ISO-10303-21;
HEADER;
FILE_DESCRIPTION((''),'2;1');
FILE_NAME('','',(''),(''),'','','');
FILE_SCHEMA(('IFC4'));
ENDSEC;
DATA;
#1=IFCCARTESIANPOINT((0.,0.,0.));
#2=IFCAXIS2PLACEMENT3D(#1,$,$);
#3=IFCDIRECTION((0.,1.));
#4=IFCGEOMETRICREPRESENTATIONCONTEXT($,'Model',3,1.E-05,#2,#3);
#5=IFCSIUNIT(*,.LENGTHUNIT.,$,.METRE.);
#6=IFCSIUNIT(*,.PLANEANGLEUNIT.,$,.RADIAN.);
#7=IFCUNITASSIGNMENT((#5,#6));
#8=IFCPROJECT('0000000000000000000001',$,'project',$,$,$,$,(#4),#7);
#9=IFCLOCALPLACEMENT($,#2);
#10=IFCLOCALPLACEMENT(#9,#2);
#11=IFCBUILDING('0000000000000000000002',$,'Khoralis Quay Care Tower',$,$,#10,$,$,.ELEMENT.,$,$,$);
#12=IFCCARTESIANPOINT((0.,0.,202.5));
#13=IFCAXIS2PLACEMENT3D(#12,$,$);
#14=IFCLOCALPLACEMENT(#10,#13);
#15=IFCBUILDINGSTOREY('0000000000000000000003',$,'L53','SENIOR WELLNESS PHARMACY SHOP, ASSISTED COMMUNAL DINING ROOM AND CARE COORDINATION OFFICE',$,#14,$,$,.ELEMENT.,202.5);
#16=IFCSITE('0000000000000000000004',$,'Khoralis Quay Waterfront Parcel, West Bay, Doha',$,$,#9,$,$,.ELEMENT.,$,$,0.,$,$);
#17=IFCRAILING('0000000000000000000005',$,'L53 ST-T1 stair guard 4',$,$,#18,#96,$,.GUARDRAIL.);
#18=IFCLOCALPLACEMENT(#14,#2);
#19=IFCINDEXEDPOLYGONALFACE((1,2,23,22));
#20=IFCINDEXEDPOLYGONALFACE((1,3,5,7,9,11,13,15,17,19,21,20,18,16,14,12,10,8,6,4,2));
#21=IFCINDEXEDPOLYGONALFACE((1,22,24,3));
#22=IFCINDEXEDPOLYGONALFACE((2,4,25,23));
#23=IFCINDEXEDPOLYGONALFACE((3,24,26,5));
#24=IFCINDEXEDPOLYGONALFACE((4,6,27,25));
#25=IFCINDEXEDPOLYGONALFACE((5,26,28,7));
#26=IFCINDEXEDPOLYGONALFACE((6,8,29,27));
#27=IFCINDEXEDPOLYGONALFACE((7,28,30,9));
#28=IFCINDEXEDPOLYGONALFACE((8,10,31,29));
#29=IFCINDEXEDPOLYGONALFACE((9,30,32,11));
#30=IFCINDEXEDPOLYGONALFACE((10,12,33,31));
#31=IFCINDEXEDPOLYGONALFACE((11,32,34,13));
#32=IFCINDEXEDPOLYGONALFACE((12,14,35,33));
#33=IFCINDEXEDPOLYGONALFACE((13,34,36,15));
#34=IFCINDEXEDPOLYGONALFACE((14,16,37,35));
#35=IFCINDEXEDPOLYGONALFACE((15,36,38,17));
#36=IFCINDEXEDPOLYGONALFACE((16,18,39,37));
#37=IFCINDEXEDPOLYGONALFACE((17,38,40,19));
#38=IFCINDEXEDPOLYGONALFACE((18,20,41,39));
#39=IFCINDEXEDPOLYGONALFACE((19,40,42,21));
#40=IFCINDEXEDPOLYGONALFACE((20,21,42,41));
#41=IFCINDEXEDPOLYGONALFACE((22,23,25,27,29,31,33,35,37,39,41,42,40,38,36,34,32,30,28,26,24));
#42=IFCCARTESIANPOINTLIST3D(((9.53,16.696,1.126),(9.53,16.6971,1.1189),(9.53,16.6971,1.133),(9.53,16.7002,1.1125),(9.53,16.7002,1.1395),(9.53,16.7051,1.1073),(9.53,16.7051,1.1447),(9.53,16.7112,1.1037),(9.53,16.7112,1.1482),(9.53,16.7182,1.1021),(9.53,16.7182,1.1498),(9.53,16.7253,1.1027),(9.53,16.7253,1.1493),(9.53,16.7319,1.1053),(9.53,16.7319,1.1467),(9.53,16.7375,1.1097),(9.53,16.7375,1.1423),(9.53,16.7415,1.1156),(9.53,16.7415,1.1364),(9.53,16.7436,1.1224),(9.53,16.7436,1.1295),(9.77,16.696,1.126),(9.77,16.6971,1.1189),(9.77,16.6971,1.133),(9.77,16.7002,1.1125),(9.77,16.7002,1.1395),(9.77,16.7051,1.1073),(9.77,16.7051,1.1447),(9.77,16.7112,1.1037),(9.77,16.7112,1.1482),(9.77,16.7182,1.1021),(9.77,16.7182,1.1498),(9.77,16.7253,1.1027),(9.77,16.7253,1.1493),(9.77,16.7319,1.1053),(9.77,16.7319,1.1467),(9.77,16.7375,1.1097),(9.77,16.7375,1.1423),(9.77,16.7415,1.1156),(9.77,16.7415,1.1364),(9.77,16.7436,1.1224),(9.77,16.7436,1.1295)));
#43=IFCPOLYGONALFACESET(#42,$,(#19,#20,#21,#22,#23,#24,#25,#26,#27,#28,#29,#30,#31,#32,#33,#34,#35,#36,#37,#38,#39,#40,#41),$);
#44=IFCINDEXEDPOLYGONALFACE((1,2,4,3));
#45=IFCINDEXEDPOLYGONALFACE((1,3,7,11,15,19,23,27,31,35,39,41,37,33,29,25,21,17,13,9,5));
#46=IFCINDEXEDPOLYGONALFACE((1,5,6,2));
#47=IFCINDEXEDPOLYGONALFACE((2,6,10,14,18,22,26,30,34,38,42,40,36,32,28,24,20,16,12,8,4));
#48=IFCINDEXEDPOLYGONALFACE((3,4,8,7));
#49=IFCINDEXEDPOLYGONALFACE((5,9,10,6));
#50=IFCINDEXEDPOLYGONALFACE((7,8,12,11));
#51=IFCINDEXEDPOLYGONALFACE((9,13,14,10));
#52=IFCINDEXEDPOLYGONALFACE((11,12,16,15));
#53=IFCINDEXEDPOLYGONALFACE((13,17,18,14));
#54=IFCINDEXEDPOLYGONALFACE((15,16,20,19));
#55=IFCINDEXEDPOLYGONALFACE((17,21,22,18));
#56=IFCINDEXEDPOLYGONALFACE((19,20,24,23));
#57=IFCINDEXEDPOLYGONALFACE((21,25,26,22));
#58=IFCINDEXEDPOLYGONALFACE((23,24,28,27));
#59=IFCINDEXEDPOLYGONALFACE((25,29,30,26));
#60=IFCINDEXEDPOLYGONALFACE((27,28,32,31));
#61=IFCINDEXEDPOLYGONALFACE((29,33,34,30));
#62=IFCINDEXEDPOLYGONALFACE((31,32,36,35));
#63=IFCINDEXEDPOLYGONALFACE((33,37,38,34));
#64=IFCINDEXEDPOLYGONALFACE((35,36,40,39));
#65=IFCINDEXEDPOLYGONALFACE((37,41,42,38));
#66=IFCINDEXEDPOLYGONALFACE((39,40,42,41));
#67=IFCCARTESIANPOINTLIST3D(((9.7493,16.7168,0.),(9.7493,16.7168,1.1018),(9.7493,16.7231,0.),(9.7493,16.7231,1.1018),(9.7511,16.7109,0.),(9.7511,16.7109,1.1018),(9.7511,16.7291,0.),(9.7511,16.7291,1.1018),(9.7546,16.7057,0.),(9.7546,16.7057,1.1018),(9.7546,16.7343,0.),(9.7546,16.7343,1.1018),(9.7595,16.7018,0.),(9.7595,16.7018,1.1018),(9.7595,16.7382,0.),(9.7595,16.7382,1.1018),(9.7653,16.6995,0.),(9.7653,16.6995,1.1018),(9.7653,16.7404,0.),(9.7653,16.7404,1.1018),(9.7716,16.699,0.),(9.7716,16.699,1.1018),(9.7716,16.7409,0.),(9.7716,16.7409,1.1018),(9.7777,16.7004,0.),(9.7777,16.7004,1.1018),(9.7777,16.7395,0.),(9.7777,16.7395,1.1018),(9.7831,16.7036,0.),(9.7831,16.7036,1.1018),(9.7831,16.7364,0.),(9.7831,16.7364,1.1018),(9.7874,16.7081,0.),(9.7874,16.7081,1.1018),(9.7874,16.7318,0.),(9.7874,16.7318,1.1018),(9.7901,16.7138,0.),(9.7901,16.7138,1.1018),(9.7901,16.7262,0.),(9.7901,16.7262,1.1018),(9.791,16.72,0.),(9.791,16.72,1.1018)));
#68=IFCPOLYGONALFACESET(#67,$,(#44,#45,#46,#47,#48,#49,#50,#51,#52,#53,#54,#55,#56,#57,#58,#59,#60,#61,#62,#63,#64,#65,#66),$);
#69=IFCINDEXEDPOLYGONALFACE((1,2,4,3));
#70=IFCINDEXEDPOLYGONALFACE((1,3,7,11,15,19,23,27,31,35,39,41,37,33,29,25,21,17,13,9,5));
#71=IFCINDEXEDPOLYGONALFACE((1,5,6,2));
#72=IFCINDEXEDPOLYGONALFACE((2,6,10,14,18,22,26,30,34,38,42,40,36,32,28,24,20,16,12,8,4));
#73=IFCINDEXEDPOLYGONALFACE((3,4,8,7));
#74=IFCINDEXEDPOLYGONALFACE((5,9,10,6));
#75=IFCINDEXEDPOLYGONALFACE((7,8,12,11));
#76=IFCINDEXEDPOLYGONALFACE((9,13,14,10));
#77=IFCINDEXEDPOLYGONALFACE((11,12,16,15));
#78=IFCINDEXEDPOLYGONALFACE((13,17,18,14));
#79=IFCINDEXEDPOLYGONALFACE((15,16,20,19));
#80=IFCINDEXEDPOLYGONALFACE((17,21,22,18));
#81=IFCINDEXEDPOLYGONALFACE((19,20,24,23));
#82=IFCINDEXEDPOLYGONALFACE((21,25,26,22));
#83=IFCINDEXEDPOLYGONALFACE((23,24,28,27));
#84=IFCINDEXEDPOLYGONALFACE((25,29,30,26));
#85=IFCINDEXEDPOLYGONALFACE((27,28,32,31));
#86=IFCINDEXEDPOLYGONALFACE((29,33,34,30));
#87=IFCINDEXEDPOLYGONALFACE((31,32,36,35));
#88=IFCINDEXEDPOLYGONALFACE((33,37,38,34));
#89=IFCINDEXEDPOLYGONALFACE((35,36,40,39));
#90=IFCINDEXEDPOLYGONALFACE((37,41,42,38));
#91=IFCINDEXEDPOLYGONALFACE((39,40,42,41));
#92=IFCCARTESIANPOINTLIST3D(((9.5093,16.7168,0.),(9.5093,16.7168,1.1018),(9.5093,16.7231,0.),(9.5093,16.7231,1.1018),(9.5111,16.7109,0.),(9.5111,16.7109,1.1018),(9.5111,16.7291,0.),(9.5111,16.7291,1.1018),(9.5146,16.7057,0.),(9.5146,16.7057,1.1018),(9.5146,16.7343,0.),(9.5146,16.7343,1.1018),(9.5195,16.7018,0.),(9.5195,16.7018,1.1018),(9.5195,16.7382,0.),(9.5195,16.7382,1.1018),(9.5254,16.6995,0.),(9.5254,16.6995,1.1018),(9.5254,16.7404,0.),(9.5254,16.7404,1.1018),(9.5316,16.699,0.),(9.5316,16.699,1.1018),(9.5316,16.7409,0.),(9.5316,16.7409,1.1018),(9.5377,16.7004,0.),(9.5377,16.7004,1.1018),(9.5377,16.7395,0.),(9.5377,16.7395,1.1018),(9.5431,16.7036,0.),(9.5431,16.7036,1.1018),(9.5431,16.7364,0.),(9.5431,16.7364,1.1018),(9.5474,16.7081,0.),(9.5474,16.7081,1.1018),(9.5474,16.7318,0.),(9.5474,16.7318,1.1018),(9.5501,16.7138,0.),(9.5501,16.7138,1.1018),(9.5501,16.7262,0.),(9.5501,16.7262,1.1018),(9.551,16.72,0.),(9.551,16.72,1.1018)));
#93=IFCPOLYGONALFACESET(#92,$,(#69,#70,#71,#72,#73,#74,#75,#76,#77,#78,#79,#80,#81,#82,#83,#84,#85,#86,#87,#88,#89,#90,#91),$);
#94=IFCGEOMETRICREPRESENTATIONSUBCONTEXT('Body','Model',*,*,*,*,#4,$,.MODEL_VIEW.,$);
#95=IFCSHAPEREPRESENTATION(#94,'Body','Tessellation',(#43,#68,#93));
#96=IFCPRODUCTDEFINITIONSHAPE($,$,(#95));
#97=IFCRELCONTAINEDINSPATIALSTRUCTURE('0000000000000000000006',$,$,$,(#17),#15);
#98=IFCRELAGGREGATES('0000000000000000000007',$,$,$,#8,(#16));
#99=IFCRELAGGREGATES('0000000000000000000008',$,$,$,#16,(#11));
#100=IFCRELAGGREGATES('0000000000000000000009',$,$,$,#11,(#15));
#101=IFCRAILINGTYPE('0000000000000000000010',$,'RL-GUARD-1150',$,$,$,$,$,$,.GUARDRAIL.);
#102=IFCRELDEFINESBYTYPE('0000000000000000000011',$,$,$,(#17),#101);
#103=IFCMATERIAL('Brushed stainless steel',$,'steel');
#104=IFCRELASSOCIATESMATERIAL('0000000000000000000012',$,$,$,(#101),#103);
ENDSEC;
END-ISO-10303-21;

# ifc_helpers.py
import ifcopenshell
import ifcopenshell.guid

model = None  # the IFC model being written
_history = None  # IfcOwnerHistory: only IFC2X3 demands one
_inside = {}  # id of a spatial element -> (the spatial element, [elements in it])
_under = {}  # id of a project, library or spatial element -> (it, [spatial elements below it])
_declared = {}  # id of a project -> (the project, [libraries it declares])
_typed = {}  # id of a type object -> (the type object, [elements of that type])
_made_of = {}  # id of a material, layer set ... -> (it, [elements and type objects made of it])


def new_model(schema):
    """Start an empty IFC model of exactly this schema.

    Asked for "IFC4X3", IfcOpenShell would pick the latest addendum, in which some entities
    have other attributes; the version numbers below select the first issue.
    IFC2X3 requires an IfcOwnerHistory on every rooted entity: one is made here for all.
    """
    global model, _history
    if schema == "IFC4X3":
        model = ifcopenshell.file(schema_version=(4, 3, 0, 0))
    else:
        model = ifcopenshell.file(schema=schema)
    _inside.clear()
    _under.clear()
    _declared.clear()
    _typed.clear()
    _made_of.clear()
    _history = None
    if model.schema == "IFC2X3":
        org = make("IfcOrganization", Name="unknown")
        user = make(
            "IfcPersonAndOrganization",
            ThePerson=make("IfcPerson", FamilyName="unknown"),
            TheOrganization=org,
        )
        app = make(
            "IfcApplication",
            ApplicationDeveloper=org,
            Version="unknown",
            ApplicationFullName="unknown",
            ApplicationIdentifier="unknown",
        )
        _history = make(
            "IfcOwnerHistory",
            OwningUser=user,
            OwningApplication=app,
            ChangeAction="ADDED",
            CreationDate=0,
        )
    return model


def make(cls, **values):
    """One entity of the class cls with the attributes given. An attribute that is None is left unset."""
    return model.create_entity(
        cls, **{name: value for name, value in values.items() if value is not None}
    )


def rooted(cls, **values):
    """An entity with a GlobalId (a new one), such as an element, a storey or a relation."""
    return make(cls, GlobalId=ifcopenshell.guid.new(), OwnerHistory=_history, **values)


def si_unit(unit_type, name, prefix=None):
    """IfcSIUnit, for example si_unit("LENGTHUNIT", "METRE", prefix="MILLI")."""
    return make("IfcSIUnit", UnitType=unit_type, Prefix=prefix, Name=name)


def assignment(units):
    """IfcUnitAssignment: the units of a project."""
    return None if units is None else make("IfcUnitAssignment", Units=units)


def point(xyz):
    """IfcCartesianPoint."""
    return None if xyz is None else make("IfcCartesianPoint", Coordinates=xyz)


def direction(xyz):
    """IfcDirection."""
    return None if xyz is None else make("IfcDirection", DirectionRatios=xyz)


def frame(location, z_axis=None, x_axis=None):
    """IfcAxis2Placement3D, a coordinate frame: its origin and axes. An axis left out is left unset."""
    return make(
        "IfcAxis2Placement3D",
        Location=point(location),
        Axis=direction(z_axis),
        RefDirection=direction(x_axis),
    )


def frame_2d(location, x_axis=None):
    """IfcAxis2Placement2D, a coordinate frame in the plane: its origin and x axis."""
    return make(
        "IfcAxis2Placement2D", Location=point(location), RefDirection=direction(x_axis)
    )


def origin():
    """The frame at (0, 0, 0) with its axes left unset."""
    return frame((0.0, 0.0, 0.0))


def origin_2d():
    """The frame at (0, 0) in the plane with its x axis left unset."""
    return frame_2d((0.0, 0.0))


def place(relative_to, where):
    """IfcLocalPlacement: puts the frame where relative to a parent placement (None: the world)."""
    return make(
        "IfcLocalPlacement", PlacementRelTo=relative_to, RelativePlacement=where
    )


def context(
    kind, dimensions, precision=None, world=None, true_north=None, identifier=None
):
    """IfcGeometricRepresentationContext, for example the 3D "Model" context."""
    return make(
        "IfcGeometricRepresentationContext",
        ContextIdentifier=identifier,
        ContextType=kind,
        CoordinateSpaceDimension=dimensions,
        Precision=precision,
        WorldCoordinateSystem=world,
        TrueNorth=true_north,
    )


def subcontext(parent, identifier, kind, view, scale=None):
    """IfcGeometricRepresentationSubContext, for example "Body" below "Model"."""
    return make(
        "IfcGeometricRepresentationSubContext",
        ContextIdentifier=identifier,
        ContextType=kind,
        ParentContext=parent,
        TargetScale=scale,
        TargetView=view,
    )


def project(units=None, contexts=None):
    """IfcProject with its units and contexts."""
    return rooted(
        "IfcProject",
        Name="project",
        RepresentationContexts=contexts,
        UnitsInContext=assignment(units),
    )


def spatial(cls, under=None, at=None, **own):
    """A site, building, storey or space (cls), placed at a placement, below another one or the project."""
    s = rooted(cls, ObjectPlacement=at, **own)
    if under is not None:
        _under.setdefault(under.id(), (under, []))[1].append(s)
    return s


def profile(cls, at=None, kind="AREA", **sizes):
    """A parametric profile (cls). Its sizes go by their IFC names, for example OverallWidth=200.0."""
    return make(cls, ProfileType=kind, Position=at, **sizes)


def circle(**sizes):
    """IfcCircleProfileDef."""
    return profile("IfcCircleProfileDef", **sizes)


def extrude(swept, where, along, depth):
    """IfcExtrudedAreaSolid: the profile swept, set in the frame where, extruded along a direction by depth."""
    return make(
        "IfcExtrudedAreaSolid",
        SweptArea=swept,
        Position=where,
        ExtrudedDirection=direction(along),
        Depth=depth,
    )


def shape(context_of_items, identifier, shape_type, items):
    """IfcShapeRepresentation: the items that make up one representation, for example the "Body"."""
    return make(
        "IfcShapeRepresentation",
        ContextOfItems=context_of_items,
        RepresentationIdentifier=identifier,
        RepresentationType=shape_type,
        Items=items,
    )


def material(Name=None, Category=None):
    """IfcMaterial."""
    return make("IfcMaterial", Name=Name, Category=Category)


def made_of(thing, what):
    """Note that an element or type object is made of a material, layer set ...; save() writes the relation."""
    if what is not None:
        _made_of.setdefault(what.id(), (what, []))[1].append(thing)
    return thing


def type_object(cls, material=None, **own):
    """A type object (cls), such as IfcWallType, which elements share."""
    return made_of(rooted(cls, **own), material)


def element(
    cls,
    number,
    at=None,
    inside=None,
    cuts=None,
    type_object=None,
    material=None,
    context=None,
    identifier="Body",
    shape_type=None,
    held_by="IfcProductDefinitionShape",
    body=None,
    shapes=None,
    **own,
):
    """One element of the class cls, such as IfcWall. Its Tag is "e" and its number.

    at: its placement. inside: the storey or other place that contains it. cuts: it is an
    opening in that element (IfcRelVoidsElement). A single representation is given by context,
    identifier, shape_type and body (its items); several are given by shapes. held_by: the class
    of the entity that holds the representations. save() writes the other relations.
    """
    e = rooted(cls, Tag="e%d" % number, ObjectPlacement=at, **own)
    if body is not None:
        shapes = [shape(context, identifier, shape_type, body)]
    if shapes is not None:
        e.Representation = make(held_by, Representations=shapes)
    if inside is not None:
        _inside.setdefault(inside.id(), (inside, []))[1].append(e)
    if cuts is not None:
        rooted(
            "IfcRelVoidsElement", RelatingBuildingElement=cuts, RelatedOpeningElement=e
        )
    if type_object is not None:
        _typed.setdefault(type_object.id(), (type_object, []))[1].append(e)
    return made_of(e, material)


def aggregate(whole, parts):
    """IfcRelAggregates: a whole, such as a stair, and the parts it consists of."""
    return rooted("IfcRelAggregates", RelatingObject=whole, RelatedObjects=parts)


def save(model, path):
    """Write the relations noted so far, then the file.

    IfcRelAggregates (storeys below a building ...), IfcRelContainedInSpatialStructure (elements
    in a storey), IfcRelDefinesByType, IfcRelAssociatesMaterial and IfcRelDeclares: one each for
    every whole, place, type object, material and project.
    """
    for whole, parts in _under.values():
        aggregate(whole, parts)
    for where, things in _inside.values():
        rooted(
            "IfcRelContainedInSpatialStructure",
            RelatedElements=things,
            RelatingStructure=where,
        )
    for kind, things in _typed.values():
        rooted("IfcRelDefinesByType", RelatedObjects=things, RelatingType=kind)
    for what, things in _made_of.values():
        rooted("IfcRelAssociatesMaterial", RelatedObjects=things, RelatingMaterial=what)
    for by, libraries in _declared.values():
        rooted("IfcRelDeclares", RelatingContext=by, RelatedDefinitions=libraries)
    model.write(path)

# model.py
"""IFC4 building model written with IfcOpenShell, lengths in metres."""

from ifc_helpers import new_model, si_unit, direction, frame, origin, origin_2d, place, context, subcontext, project, spatial, circle, extrude, material, type_object, element, save


model = new_model("IFC4")

# Units and contexts
model_context = context("Model", 3, precision=1e-05, world=origin(), true_north=direction((0.0, 1.0)))
body_context = subcontext(model_context, "Body", "Model", "MODEL_VIEW")
ifc_project = project(units=[si_unit("LENGTHUNIT", "METRE"), si_unit("PLANEANGLEUNIT", "RADIAN")], contexts=[model_context])

# Site, building, storey
site_placement = place(None, origin())
site = spatial("IfcSite", under=ifc_project, at=site_placement, Name="Khoralis Quay Waterfront Parcel, West Bay, Doha", CompositionType="ELEMENT", RefElevation=0.0)
building_placement = place(site_placement, origin())
building = spatial("IfcBuilding", under=site, at=building_placement, Name="Khoralis Quay Care Tower", CompositionType="ELEMENT")
storey_placement = place(building_placement, frame((0.0, 0.0, 202.5)))
storey = spatial("IfcBuildingStorey", under=building, at=storey_placement, Name="L53", Description="SENIOR WELLNESS PHARMACY SHOP, ASSISTED COMMUNAL DINING ROOM AND CARE COORDINATION OFFICE", CompositionType="ELEMENT", Elevation=202.5)

# Shared definitions
ifc_material_1 = material(Name="Brushed stainless steel", Category="steel")

# Railing
railing_type_1 = type_object("IfcRailingType", Name="RL-GUARD-1150", PredefinedType="GUARDRAIL", material=ifc_material_1)
railing_1_placement = place(storey_placement, frame((9.77, 16.72, 0.0)))
element("IfcRailing", 1, at=railing_1_placement, inside=storey, type_object=railing_type_1, Name="L53 ST-T1 stair guard 4", PredefinedType="GUARDRAIL", context=body_context, shape_type="SweptSolid", body=[
    extrude(circle(Radius=0.0239, at=origin_2d()), frame((0.0, 0.0, 1.126), z_axis=(-1.0, 0.0, 0.0), x_axis=(0.0, -1.0, 0.0)), (0.0, 0.0, 1.0), 0.24),
    extrude(circle(Radius=0.021, at=origin_2d()), origin(), (0.0, 0.0, 1.0), 1.1018),
    extrude(circle(Radius=0.021, at=origin_2d()), frame((-0.24, 0.0, 0.0)), (0.0, 0.0, 1.0), 1.1018),
])

save(model, "model.ifc")
